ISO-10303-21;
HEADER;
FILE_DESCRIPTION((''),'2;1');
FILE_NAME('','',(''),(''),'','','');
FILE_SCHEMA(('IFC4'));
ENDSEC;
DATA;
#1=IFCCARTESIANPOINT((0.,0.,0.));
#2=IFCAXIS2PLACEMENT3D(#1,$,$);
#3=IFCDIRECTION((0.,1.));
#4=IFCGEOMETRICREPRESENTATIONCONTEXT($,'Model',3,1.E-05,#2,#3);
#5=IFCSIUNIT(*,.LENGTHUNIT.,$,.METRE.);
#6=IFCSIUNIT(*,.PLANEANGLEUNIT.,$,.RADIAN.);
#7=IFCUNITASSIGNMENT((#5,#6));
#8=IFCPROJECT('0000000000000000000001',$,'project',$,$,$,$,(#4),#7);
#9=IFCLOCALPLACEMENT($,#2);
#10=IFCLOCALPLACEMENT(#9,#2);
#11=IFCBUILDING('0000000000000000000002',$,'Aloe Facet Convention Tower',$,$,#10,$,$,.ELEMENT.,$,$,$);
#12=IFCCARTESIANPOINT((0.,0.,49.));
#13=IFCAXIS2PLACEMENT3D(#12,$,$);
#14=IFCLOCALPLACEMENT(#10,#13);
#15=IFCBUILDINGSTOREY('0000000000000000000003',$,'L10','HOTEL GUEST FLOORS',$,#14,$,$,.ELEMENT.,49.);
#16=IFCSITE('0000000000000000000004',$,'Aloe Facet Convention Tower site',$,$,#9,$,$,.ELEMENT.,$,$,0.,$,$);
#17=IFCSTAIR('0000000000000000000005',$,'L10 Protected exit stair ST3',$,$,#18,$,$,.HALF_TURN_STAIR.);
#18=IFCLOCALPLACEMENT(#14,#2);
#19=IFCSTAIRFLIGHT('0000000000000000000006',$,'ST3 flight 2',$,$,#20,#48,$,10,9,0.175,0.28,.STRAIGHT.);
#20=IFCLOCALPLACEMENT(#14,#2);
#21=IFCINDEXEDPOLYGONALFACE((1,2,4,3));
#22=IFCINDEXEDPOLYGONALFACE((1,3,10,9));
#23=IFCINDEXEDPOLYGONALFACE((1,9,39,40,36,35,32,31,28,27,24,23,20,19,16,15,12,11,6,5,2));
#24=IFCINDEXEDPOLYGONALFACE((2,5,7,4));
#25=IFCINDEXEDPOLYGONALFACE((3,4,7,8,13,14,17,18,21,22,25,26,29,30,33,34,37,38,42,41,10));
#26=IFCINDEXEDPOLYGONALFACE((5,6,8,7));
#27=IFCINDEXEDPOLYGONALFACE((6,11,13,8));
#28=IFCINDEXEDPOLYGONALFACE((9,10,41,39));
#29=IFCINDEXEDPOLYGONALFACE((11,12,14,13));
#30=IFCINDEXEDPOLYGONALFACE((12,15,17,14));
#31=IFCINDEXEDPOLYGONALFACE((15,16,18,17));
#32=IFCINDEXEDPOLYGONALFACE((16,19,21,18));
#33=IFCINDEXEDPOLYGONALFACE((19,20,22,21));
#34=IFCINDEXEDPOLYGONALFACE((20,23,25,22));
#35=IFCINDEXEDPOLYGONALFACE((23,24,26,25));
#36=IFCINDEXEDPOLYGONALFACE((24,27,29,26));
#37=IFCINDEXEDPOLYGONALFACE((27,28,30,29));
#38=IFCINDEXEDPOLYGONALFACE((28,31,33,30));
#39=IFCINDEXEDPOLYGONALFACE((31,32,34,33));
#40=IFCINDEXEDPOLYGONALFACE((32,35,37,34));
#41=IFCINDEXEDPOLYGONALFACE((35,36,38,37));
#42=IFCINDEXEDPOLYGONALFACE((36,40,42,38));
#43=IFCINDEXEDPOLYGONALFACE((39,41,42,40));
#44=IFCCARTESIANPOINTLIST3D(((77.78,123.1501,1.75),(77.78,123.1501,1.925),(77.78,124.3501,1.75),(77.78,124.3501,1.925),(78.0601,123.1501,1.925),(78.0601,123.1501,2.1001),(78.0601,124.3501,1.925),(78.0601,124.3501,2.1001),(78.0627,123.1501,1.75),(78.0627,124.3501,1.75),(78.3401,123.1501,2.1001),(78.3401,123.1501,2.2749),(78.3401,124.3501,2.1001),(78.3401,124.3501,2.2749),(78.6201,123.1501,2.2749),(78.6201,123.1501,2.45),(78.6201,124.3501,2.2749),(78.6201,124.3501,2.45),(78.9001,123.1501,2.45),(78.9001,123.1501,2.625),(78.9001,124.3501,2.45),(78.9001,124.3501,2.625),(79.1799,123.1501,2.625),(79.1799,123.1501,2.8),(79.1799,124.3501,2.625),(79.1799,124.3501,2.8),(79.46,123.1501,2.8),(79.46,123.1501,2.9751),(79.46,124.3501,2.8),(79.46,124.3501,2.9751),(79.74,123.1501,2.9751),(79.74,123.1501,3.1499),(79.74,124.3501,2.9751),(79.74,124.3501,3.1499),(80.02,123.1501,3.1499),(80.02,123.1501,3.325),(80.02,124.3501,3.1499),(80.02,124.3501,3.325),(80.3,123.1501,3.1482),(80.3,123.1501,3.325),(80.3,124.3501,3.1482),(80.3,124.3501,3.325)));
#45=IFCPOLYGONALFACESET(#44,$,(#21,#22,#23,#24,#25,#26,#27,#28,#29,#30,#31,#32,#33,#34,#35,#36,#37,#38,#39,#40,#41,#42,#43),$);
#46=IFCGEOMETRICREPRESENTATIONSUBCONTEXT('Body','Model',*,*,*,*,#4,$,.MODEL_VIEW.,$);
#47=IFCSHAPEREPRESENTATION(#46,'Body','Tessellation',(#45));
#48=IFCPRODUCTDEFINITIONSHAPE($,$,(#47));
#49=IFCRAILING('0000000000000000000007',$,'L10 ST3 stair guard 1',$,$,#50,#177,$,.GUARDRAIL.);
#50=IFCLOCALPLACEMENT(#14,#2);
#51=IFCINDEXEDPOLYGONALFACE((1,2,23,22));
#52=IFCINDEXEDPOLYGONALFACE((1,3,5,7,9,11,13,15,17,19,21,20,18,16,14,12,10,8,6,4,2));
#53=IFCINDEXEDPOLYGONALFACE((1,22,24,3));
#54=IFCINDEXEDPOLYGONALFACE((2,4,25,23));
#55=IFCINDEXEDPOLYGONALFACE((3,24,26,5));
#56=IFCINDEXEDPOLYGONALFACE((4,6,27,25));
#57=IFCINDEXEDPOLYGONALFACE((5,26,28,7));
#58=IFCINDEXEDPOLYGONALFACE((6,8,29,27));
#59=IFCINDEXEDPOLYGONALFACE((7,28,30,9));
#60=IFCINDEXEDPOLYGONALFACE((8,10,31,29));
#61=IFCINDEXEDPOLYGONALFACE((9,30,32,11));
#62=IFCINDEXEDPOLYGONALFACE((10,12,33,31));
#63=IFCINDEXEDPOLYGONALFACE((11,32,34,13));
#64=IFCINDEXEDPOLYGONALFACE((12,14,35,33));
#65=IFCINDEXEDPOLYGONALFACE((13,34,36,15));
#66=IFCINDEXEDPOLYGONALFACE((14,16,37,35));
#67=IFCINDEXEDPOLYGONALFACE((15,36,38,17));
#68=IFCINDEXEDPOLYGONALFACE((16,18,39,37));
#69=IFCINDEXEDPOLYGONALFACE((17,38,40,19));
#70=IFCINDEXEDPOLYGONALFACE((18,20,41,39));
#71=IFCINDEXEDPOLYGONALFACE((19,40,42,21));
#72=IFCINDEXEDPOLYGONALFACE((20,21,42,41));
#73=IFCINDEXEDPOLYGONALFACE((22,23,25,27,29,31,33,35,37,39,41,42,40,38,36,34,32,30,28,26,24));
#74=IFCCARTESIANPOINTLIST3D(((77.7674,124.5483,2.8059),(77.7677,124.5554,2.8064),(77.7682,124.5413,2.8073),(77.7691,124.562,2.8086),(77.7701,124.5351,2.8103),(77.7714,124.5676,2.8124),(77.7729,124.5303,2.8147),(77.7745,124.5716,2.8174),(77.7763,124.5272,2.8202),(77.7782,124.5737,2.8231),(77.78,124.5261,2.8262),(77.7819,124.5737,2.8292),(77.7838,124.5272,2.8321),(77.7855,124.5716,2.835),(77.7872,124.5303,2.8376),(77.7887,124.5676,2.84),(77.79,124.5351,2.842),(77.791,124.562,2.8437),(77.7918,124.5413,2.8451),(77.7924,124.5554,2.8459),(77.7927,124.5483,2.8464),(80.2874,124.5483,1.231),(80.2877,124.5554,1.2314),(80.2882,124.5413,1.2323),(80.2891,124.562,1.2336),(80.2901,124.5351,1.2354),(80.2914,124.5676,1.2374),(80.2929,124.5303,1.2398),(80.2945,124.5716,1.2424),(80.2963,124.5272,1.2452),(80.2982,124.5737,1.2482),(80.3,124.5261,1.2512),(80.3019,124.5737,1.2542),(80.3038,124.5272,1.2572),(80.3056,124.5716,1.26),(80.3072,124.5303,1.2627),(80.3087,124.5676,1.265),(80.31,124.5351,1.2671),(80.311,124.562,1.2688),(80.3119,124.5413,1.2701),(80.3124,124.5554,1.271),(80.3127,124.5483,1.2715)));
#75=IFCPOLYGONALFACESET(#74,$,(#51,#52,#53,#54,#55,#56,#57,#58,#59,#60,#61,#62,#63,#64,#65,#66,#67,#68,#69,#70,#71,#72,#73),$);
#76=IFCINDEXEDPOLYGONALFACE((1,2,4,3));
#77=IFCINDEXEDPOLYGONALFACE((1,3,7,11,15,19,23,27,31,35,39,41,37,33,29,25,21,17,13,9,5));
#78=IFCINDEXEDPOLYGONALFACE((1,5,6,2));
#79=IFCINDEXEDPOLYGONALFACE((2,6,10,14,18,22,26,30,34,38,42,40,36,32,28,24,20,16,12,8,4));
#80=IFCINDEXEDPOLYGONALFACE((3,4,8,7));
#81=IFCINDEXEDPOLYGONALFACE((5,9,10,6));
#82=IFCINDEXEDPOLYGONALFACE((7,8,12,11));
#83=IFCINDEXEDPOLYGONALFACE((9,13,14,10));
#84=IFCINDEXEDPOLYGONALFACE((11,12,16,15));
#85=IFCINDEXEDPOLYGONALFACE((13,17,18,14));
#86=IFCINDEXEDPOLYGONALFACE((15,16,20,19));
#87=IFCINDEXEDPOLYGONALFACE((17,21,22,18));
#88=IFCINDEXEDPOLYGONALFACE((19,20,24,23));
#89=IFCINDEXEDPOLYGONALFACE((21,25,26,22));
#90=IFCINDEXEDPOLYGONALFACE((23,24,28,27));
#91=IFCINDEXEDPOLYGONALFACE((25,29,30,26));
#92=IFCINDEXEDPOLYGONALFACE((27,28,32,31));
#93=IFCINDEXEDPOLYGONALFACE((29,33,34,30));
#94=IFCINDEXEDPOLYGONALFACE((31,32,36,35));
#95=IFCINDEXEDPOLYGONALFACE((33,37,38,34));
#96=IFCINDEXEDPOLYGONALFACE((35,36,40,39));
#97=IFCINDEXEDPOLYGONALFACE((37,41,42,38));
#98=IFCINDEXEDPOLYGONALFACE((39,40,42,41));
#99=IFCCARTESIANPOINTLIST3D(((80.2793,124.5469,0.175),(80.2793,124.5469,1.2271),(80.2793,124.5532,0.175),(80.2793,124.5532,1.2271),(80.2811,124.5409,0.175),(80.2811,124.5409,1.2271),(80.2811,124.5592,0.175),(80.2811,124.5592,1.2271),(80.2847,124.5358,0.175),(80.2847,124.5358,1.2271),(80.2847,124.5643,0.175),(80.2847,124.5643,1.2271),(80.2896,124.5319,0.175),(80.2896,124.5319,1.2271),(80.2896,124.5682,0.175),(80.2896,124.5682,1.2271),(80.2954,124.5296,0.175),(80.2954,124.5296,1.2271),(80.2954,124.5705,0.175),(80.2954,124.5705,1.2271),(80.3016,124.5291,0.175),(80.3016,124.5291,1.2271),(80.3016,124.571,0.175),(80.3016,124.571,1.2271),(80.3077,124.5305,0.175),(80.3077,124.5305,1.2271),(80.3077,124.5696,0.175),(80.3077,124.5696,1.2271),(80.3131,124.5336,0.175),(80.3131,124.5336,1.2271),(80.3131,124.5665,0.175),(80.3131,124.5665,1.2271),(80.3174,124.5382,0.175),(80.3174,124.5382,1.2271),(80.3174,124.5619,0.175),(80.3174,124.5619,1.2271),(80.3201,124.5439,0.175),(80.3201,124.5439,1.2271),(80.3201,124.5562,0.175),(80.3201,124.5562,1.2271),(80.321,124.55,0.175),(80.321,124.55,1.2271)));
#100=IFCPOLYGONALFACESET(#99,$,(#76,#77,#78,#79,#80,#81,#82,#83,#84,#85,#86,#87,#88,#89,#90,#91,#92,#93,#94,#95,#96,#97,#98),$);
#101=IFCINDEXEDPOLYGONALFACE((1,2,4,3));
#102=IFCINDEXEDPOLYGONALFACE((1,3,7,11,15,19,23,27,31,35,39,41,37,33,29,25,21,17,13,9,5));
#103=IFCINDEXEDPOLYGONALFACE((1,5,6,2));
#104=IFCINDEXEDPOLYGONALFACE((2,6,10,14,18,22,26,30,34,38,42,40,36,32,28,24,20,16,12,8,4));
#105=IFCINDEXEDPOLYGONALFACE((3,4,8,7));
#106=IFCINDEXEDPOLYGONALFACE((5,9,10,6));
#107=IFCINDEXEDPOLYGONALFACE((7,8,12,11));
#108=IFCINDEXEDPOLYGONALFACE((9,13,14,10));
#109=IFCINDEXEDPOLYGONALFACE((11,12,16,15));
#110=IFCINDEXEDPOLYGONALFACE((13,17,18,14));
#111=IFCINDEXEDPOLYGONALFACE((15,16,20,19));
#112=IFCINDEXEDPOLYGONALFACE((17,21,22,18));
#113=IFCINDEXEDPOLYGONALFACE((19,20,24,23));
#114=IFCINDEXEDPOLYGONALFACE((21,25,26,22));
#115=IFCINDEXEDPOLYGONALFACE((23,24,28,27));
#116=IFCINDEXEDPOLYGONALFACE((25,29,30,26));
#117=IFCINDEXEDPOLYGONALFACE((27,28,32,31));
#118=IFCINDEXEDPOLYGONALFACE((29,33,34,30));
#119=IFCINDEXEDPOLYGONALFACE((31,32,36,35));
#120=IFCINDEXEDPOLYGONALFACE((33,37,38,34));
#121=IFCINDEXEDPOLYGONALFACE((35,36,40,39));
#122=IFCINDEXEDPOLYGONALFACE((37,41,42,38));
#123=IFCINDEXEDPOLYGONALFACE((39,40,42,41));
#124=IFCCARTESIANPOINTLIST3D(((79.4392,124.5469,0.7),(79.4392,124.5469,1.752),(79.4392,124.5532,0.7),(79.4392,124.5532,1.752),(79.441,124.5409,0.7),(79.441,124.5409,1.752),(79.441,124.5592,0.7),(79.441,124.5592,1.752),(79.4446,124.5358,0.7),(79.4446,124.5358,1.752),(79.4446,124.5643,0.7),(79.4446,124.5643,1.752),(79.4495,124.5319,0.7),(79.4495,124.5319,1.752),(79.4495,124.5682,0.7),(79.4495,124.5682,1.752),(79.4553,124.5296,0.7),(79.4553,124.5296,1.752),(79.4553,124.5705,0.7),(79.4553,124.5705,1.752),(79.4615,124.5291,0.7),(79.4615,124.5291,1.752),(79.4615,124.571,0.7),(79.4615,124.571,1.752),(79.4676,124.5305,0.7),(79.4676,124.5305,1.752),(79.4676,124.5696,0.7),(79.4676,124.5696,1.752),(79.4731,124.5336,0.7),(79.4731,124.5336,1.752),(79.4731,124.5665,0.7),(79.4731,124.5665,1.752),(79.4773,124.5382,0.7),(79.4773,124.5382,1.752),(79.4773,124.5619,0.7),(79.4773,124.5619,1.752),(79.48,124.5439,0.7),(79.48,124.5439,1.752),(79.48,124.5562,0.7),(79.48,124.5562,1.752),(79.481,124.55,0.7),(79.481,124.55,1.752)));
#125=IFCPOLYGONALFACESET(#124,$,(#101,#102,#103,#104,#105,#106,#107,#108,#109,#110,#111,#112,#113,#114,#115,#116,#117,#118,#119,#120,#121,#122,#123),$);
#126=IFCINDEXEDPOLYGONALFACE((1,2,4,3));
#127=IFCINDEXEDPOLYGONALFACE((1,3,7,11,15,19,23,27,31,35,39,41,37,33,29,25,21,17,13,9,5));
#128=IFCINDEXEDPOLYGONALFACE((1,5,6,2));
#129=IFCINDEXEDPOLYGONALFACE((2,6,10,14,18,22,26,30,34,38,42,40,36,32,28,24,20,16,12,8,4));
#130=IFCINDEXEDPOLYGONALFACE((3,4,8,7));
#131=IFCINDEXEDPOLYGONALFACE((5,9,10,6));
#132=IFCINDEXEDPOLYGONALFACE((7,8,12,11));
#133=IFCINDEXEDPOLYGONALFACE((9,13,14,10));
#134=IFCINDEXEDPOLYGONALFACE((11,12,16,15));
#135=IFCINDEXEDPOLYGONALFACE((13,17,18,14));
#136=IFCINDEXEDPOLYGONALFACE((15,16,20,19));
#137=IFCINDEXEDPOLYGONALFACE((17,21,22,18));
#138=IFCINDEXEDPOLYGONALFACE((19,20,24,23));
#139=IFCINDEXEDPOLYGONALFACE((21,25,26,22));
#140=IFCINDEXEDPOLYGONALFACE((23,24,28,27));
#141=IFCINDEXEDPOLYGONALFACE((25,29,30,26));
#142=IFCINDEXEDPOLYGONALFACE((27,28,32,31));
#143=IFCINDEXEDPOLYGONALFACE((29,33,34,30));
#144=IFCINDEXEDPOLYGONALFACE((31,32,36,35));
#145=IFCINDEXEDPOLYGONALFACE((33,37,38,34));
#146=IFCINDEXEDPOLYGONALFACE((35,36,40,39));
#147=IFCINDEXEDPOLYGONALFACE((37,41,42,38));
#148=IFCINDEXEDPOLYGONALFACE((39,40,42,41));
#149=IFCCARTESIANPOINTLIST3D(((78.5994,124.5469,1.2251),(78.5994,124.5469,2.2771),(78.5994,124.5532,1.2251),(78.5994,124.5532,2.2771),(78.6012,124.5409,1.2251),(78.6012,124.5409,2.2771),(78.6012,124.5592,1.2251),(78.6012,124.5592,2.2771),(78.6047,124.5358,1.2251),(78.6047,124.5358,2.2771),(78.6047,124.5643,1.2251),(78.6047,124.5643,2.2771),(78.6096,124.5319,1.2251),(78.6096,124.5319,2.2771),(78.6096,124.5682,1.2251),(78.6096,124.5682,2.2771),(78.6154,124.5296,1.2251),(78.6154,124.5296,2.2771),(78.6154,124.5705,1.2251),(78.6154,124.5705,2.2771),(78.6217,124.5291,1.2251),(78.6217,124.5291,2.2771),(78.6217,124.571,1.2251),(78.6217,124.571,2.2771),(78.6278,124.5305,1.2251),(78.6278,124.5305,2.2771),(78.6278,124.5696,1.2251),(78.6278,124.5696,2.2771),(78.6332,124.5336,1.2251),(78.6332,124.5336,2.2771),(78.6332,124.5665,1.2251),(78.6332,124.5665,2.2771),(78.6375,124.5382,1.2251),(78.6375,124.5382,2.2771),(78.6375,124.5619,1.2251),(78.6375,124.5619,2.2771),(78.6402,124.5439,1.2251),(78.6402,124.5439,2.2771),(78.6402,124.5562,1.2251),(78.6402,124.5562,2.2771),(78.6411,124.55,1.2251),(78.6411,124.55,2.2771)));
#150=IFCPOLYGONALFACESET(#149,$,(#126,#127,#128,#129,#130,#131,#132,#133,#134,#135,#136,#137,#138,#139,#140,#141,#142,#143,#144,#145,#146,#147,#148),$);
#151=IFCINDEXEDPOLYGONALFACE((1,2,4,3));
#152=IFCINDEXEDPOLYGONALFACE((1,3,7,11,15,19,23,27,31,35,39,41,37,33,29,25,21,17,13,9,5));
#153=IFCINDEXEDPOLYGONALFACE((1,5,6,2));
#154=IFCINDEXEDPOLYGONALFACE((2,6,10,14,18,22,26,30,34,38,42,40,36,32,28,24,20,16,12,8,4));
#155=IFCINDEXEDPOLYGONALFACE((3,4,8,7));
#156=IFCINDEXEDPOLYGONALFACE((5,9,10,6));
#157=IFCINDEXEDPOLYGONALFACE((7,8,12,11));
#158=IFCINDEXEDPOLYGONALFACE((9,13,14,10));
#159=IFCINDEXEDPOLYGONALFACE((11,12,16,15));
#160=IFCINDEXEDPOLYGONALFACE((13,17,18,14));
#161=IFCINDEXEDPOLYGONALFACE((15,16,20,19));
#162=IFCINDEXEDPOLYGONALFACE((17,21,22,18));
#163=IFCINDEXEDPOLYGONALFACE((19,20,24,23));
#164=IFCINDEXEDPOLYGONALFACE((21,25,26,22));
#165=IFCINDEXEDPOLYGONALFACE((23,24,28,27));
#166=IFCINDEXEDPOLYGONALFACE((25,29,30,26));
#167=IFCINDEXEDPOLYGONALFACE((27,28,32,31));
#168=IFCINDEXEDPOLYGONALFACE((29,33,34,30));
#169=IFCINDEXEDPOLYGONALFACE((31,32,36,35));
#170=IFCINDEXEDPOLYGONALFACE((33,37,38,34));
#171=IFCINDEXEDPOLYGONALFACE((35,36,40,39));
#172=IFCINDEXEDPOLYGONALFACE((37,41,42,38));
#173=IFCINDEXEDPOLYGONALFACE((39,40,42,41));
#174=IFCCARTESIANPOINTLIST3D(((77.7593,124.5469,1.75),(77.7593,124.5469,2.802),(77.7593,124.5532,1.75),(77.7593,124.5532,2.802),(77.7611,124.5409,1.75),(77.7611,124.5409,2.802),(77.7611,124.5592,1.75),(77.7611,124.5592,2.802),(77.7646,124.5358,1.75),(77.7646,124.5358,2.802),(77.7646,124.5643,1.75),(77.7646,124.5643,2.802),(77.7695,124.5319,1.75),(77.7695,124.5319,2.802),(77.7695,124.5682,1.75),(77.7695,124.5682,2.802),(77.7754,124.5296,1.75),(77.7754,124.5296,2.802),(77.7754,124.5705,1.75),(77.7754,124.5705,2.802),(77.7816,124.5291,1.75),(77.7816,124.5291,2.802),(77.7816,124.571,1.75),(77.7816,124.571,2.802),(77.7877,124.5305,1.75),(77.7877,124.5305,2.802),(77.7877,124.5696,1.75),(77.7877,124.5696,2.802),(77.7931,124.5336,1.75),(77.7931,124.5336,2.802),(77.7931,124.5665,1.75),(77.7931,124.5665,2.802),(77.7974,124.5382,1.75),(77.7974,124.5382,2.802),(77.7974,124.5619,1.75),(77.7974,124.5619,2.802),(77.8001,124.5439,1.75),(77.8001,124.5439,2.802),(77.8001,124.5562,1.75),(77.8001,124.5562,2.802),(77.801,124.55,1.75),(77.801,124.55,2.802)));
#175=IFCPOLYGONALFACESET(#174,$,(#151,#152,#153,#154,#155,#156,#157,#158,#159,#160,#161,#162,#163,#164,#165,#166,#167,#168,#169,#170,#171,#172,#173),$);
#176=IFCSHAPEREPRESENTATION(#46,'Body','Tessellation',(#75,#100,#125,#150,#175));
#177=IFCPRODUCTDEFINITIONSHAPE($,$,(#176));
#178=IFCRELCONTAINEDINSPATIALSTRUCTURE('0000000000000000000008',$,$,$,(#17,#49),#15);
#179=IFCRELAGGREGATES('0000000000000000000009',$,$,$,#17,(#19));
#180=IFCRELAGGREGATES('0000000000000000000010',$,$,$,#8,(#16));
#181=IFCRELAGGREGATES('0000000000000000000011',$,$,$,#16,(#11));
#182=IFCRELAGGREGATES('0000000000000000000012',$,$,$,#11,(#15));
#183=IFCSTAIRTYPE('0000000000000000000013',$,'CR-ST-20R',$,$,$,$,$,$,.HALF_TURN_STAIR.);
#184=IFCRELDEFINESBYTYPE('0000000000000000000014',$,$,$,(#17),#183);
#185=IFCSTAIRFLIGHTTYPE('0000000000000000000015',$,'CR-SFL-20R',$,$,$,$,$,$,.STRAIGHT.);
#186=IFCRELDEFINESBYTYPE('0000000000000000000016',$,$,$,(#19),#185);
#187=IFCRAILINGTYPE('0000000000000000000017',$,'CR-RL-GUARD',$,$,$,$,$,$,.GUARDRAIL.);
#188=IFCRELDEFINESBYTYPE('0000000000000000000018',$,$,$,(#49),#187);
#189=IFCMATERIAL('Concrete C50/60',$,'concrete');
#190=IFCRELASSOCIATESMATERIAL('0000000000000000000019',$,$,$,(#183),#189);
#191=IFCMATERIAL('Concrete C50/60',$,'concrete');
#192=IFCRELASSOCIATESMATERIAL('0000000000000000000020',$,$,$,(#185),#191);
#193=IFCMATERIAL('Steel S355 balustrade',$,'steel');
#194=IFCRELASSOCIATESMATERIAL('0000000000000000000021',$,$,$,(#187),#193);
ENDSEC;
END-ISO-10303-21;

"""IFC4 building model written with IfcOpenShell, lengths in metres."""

from ifc_helpers import new_model, si_unit, direction, frame, origin, origin_2d, place, context, subcontext, project, spatial, polyline, circle, outline, extrude, material, type_object, element, aggregate, save


model = new_model("IFC4")

# Units and contexts
model_context = context("Model", 3, precision=1e-05, world=origin(), true_north=direction((0.0, 1.0)))
body_context = subcontext(model_context, "Body", "Model", "MODEL_VIEW")
ifc_project = project(units=[si_unit("LENGTHUNIT", "METRE"), si_unit("PLANEANGLEUNIT", "RADIAN")], contexts=[model_context])

# Site, building, storey
site_placement = place(None, origin())
site = spatial("IfcSite", under=ifc_project, at=site_placement, Name="Aloe Facet Convention Tower site", CompositionType="ELEMENT", RefElevation=0.0)
building_placement = place(site_placement, origin())
building = spatial("IfcBuilding", under=site, at=building_placement, Name="Aloe Facet Convention Tower", CompositionType="ELEMENT")
storey_placement = place(building_placement, frame((0.0, 0.0, 49.0)))
storey = spatial("IfcBuildingStorey", under=building, at=storey_placement, Name="L10", Description="HOTEL GUEST FLOORS", CompositionType="ELEMENT", Elevation=49.0)

# Stair, stair flight
ifc_material_1 = material(Name="Concrete C50/60", Category="concrete")
stair_type = type_object("IfcStairType", Name="CR-ST-20R", PredefinedType="HALF_TURN_STAIR", material=ifc_material_1)
stair_placement = place(storey_placement, origin())
stair = element("IfcStair", 1, at=stair_placement, inside=storey, type_object=stair_type, Name="L10 Protected exit stair ST3", PredefinedType="HALF_TURN_STAIR")
ifc_material_2 = material(Name="Concrete C50/60", Category="concrete")
stair_flight_type = type_object("IfcStairFlightType", Name="CR-SFL-20R", PredefinedType="STRAIGHT", material=ifc_material_2)
stair_flight_1_placement = place(storey_placement, frame((77.78, 123.75, 1.75), z_axis=(0.0, 0.0, 1.0), x_axis=(1.0, 0.0, 0.0)))
stair_flight_1 = element("IfcStairFlight", 2, at=stair_flight_1_placement, type_object=stair_flight_type, Name="ST3 flight 2", NumberOfRisers=10, NumberOfTreads=9, PredefinedType="STRAIGHT", RiserHeight=0.175, TreadLength=0.28, context=body_context, shape_type="SweptSolid", body=[
    extrude(outline(polyline([(0.0, 0.0), (0.0, 0.175), (0.28, 0.175), (0.28, 0.3501), (0.5601, 0.3501), (0.5601, 0.5249), (0.8401, 0.5249), (0.8401, 0.7), (1.1201, 0.7), (1.1201, 0.875), (1.3999, 0.875), (1.3999, 1.05), (1.6799, 1.05), (1.6799, 1.2251), (1.96, 1.2251), (1.96, 1.3999), (2.24, 1.3999), (2.24, 1.575), (2.52, 1.575), (2.52, 1.75), (2.52, 1.3982), (0.2827, 0.0), (0.0, 0.0)])), frame((0.0, 0.6001, 0.0), z_axis=(0.0, -1.0, 0.0), x_axis=(1.0, 0.0, 0.0)), (0.0, 0.0, 1.0), 1.2),
])
aggregate(stair, [stair_flight_1])

# Railing
ifc_material_3 = material(Name="Steel S355 balustrade", Category="steel")
railing_type_1 = type_object("IfcRailingType", Name="CR-RL-GUARD", PredefinedType="GUARDRAIL", material=ifc_material_3)
railing_1_placement = place(storey_placement, frame((80.3, 124.55, 0.175)))
element("IfcRailing", 3, at=railing_1_placement, inside=storey, type_object=railing_type_1, Name="L10 ST3 stair guard 1", PredefinedType="GUARDRAIL", context=body_context, shape_type="SweptSolid", body=[
    extrude(circle(Radius=0.0239, at=origin_2d()), frame((0.0, 0.0, 1.0762), z_axis=(-0.848008, 0.0, 0.529984), x_axis=(0.0, -1.0, 0.0)), (0.0, 0.0, 1.0), 2.9717),
    extrude(circle(Radius=0.021, at=origin_2d()), origin(), (0.0, 0.0, 1.0), 1.052),
    extrude(circle(Radius=0.021, at=origin_2d()), frame((-0.8401, 0.0, 0.5249)), (0.0, 0.0, 1.0), 1.052),
    extrude(circle(Radius=0.021, at=origin_2d()), frame((-1.6799, 0.0, 1.05)), (0.0, 0.0, 1.0), 1.052),
    extrude(circle(Radius=0.021, at=origin_2d()), frame((-2.52, 0.0, 1.575)), (0.0, 0.0, 1.0), 1.052),
])

save(model, "model.ifc")
